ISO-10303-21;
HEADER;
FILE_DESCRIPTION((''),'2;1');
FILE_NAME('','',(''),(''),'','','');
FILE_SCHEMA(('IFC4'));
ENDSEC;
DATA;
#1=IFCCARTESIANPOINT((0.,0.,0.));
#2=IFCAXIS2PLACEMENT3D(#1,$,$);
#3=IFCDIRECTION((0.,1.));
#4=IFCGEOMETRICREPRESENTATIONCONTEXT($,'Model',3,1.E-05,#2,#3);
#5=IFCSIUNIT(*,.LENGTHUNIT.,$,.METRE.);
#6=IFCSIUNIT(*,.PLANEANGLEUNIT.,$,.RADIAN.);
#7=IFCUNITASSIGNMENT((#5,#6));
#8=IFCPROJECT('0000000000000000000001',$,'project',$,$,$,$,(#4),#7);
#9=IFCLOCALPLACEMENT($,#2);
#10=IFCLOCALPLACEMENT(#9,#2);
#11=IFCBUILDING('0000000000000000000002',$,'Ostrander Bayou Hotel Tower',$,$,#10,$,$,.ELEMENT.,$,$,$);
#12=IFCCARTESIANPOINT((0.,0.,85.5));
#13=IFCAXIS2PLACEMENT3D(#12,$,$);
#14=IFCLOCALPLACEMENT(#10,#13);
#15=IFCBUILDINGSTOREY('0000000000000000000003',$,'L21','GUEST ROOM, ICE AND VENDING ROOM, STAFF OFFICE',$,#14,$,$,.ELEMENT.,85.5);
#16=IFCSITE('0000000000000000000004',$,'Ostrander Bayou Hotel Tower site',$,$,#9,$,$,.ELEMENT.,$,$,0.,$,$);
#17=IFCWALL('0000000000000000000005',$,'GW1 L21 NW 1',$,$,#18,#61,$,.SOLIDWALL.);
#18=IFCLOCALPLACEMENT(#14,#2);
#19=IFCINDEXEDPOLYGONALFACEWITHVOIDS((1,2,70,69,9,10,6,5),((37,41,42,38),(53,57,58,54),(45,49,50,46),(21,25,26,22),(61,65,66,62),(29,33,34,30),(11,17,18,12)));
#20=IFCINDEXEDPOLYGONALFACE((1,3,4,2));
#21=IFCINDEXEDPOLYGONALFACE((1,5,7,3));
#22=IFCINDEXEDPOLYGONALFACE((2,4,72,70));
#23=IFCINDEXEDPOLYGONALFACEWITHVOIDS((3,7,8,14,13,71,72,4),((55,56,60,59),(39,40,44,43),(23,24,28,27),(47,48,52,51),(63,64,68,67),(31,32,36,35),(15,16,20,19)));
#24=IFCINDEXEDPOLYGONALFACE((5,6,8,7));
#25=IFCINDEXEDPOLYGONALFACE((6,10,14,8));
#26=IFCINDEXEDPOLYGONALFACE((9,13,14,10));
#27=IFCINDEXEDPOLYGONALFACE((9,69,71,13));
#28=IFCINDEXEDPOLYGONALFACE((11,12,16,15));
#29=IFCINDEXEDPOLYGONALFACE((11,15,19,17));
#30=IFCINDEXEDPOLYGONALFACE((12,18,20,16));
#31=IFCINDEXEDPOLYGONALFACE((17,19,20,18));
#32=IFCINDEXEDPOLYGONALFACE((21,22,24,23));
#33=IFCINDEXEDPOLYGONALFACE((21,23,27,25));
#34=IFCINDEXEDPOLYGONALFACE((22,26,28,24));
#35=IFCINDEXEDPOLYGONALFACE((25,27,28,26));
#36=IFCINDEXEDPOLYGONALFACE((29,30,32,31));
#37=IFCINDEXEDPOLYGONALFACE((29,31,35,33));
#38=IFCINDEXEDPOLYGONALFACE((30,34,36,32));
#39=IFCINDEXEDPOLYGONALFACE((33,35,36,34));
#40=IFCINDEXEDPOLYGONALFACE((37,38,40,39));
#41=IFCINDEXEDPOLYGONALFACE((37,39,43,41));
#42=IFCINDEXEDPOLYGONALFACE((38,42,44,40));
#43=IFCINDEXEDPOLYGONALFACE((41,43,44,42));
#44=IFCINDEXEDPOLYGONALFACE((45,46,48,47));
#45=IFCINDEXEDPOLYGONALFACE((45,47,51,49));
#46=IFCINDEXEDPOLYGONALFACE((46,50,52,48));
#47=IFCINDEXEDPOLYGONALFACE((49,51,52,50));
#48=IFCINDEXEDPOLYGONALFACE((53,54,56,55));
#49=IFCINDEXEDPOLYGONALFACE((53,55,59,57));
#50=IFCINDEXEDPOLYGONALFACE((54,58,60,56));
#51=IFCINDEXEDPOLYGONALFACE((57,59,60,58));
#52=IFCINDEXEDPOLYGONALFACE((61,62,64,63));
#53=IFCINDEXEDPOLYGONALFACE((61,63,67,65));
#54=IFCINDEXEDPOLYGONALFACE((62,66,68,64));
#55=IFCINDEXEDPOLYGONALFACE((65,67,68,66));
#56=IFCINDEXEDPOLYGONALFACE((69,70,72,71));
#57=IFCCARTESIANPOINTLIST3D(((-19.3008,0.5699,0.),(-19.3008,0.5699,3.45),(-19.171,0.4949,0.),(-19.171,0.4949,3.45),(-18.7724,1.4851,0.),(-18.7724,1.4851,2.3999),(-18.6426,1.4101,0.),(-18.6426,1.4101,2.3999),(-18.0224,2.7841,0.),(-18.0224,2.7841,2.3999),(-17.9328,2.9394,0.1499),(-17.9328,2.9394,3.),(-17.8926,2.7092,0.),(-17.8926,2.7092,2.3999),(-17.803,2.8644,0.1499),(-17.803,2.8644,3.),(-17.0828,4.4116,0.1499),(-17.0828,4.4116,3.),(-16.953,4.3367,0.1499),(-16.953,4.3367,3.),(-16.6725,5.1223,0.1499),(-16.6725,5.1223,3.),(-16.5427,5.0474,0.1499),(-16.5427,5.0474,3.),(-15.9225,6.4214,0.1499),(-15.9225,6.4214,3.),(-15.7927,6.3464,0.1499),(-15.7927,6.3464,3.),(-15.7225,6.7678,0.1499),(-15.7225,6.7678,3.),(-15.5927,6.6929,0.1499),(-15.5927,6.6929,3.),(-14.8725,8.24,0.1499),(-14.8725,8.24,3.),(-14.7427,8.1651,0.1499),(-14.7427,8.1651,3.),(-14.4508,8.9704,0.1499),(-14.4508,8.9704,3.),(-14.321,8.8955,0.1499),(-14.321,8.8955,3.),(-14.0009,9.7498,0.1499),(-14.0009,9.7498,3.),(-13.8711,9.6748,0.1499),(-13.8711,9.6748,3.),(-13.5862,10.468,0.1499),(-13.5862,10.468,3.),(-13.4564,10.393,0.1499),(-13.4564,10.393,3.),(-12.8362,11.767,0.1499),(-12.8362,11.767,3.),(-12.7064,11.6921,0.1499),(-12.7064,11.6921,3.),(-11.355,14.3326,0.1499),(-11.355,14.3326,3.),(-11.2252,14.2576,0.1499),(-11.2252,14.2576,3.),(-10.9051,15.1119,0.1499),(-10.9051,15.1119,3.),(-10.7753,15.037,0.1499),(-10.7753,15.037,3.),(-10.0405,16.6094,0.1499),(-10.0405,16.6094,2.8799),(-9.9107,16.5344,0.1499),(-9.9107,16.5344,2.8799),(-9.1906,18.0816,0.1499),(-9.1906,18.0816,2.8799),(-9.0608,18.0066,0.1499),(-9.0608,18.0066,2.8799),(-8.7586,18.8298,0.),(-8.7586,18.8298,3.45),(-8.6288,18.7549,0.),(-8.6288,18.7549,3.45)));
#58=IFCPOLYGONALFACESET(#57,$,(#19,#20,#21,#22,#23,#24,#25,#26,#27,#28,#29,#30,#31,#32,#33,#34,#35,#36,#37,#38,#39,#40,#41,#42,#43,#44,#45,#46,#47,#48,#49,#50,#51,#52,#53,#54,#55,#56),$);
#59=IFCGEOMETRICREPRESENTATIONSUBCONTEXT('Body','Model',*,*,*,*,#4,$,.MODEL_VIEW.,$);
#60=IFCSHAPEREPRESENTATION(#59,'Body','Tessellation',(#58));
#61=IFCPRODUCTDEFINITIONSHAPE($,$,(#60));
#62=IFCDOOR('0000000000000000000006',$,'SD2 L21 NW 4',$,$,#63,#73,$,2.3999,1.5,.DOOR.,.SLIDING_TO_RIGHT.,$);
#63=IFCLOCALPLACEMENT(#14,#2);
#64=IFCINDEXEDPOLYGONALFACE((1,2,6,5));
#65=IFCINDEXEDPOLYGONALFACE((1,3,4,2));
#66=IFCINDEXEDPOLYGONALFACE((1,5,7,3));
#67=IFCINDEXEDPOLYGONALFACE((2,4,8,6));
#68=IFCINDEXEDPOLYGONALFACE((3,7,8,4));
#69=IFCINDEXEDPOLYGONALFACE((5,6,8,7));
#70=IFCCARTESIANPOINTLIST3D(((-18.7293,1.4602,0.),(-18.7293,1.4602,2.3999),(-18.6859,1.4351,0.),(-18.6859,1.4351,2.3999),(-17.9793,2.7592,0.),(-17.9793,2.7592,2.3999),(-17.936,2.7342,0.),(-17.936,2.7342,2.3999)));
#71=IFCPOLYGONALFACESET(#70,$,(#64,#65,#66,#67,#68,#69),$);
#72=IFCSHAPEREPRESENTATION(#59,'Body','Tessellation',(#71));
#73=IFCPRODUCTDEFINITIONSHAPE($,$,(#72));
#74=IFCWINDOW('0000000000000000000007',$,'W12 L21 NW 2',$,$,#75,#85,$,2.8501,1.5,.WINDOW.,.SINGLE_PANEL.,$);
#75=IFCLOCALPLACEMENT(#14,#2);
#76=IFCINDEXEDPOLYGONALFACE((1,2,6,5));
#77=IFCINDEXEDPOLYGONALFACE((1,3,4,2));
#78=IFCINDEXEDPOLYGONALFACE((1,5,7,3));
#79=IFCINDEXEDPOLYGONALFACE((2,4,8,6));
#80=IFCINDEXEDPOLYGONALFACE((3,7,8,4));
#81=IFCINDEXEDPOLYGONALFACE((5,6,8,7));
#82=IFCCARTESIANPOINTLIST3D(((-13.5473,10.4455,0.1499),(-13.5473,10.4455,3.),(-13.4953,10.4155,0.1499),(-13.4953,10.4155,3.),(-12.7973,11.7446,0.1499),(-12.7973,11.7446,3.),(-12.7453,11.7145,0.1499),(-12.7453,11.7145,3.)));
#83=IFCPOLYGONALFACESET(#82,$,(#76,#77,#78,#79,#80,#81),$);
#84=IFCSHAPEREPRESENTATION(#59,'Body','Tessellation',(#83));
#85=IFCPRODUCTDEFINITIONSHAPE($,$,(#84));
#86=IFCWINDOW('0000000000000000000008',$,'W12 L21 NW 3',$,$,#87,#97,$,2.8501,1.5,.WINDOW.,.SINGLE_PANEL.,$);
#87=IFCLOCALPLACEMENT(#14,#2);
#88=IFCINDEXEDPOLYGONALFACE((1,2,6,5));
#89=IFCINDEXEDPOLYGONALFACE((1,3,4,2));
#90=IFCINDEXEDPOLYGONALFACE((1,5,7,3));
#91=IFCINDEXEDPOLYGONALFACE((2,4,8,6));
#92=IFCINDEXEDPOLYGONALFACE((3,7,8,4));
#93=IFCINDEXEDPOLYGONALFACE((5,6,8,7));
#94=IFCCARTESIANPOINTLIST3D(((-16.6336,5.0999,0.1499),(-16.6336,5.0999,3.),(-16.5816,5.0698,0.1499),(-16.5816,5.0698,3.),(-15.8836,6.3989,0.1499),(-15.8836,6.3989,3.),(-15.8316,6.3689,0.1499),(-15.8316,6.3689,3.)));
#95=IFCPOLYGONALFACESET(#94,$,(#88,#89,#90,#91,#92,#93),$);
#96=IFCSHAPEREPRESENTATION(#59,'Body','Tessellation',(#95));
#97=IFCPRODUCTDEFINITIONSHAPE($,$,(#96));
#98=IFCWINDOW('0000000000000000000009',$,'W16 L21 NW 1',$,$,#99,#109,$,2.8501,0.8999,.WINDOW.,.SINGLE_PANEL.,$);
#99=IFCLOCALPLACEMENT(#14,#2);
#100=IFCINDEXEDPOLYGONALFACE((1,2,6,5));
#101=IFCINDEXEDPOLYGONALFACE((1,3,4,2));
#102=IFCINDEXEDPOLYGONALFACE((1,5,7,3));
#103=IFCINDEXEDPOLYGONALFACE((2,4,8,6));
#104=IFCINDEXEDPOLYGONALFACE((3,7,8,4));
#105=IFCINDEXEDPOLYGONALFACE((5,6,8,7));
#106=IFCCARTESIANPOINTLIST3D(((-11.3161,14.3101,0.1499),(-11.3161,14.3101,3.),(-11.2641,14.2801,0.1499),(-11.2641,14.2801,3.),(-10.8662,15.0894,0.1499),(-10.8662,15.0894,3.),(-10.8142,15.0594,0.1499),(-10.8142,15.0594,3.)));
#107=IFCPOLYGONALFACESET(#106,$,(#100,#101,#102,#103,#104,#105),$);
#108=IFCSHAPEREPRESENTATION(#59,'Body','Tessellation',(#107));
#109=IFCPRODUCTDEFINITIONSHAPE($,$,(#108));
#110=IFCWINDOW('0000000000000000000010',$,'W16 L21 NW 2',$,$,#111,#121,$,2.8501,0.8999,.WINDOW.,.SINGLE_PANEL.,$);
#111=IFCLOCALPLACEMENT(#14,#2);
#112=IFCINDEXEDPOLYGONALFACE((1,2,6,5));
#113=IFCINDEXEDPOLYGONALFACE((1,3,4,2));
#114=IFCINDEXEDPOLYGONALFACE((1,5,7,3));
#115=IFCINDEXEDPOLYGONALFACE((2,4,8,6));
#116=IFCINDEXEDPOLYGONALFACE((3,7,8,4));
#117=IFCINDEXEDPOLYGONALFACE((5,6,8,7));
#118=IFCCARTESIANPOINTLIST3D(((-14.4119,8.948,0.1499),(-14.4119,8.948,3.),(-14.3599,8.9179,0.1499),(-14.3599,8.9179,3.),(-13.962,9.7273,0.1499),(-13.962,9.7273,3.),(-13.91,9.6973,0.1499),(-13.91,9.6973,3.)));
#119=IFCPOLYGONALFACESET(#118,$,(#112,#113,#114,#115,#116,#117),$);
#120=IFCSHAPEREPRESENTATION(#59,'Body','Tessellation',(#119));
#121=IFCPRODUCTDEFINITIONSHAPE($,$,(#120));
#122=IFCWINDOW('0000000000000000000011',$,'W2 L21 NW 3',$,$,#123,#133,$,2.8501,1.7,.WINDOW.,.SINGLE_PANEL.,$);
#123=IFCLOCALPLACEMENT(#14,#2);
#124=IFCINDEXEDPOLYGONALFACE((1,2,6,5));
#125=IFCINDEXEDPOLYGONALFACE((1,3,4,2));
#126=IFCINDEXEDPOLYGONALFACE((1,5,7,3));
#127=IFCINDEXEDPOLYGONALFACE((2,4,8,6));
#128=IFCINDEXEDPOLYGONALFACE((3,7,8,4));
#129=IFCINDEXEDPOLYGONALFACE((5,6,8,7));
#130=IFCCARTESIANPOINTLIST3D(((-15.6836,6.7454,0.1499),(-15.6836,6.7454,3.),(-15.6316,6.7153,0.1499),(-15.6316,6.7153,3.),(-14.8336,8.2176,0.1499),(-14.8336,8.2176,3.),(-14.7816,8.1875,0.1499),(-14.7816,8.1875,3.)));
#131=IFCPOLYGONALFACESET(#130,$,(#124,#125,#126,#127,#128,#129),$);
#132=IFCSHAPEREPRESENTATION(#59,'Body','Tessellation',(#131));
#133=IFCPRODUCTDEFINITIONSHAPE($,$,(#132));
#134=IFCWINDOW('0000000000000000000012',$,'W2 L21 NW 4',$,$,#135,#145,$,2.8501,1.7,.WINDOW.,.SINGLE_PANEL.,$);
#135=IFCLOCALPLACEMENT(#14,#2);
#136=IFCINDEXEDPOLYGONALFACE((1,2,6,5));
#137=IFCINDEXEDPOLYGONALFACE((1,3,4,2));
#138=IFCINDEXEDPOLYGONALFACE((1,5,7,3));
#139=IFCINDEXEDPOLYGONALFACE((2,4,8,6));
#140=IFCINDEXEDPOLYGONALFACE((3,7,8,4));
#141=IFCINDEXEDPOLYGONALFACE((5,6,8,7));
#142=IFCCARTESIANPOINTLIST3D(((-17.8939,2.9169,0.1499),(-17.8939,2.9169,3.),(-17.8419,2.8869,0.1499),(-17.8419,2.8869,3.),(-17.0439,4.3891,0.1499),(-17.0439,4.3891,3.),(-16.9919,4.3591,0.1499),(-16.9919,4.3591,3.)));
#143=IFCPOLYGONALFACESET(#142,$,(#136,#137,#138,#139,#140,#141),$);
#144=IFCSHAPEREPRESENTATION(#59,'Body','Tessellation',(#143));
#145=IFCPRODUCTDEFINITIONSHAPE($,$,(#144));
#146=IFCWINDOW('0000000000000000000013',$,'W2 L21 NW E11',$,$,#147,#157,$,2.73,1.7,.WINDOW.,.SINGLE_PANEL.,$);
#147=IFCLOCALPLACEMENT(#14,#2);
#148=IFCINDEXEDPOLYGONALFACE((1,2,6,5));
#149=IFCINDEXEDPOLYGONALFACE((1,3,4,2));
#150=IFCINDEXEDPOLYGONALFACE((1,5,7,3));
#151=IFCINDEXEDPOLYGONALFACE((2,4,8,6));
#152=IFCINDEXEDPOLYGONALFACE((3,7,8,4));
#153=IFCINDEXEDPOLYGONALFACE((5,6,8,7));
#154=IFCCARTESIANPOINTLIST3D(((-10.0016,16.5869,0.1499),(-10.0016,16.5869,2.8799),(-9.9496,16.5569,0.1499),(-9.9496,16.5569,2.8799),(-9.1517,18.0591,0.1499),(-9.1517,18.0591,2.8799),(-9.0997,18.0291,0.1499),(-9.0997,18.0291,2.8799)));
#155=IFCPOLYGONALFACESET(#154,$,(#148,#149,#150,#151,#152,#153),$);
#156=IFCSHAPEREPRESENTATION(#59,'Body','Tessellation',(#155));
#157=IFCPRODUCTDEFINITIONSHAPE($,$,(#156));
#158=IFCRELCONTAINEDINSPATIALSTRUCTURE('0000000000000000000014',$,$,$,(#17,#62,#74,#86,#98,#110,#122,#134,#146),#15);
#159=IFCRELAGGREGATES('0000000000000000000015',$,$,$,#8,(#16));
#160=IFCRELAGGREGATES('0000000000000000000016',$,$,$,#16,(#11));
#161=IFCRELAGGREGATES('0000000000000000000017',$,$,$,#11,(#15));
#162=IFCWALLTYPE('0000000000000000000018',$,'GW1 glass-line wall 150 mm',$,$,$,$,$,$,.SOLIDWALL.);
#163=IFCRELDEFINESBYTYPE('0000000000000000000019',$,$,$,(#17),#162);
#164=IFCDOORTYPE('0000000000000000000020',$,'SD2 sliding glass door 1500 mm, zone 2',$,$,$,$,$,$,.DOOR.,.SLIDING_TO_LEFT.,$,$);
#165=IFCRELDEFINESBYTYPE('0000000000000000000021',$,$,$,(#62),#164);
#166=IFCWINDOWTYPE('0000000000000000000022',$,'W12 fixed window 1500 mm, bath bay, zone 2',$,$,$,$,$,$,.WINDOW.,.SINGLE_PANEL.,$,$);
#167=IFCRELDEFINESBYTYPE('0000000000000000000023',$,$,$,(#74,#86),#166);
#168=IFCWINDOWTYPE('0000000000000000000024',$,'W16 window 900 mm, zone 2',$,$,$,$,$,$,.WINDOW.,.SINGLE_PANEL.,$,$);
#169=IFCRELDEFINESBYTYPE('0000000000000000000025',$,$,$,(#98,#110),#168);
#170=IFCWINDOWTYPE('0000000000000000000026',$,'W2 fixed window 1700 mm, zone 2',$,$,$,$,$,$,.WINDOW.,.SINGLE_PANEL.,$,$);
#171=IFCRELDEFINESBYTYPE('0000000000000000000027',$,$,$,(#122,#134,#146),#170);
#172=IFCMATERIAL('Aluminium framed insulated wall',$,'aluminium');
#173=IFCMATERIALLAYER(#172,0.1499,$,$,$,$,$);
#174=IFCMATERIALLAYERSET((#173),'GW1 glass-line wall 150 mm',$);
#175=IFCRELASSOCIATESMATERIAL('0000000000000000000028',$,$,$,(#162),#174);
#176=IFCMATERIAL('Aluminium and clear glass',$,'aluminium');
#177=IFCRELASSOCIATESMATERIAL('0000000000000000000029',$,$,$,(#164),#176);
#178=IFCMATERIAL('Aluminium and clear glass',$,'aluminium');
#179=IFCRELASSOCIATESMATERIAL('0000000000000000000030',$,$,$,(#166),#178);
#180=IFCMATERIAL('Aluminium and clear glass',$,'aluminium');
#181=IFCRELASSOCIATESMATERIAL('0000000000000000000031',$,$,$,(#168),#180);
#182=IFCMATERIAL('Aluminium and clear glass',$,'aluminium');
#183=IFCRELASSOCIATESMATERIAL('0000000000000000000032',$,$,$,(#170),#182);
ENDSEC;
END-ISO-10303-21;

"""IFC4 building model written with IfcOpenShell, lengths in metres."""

from ifc_helpers import new_model, si_unit, direction, frame, frame_2d, origin, place, context, subcontext, project, spatial, rectangle, extrude, material, layer, layer_set, type_object, element, fill, save


model = new_model("IFC4")

# Units and contexts
model_context = context("Model", 3, precision=1e-05, world=origin(), true_north=direction((0.0, 1.0)))
body_context = subcontext(model_context, "Body", "Model", "MODEL_VIEW")
ifc_project = project(units=[si_unit("LENGTHUNIT", "METRE"), si_unit("PLANEANGLEUNIT", "RADIAN")], contexts=[model_context])

# Site, building, storey
site_placement = place(None, origin())
site = spatial("IfcSite", under=ifc_project, at=site_placement, Name="Ostrander Bayou Hotel Tower site", CompositionType="ELEMENT", RefElevation=0.0)
building_placement = place(site_placement, origin())
building = spatial("IfcBuilding", under=site, at=building_placement, Name="Ostrander Bayou Hotel Tower", CompositionType="ELEMENT")
storey_placement = place(building_placement, frame((0.0, 0.0, 85.5)))
storey = spatial("IfcBuildingStorey", under=building, at=storey_placement, Name="L21", Description="GUEST ROOM, ICE AND VENDING ROOM, STAFF OFFICE", CompositionType="ELEMENT", Elevation=85.5)

# Wall, openings, door, windows
ifc_material_1 = material(Name="Aluminium framed insulated wall", Category="aluminium")
ifc_layer_1 = layer(ifc_material_1, 0.1499)
ifc_layer_set_1 = layer_set([ifc_layer_1], Name="GW1 glass-line wall 150 mm")
wall_type_1 = type_object("IfcWallType", Name="GW1 glass-line wall 150 mm", PredefinedType="SOLIDWALL", material=ifc_layer_set_1)
wall_1_placement = place(storey_placement, frame((-8.6936, 18.7925, 0.0), z_axis=(0.0, 0.0, 1.0), x_axis=(-0.499993, -0.866029, 0.0)))
wall_1 = element("IfcWall", 1, at=wall_1_placement, inside=storey, type_object=wall_type_1, Name="GW1 L21 NW 1", PredefinedType="SOLIDWALL", context=body_context, shape_type="SweptSolid", body=[
    extrude(rectangle(XDim=21.0847, YDim=0.1499, at=frame_2d((10.5425, 0.0))), origin(), (0.0, 0.0, 1.0), 3.45),
])
opening_1_placement = place(wall_1_placement, frame((4.2932, 0.0, 0.1499)))
opening_1 = element("IfcOpeningElement", 2, at=opening_1_placement, cuts=wall_1, PredefinedType="OPENING", context=body_context, shape_type="SweptSolid", body=[
    extrude(rectangle(XDim=0.8999, YDim=2.8501, at=frame_2d((0.45, 1.425))), frame((0.0, 0.075, 0.0), z_axis=(0.0, -1.0, 0.0), x_axis=(1.0, 0.0, 0.0)), (0.0, 0.0, 1.0), 0.1499),
])
opening_2_placement = place(wall_1_placement, frame((10.4849, 0.0, 0.1499)))
opening_2 = element("IfcOpeningElement", 3, at=opening_2_placement, cuts=wall_1, PredefinedType="OPENING", context=body_context, shape_type="SweptSolid", body=[
    extrude(rectangle(XDim=0.8999, YDim=2.8501, at=frame_2d((0.45, 1.425))), frame((0.0, 0.075, 0.0), z_axis=(0.0, -1.0, 0.0), x_axis=(1.0, 0.0, 0.0)), (0.0, 0.0, 1.0), 0.1499),
])
opening_3_placement = place(wall_1_placement, frame((8.1555, 0.0, 0.1499)))
opening_3 = element("IfcOpeningElement", 4, at=opening_3_placement, cuts=wall_1, PredefinedType="OPENING", context=body_context, shape_type="SweptSolid", body=[
    extrude(rectangle(XDim=1.5, YDim=2.8501, at=frame_2d((0.75, 1.425))), frame((0.0, 0.075, 0.0), z_axis=(0.0, -1.0, 0.0), x_axis=(1.0, 0.0, 0.0)), (0.0, 0.0, 1.0), 0.1499),
])
opening_4_placement = place(wall_1_placement, frame((12.228, 0.0, 0.1499)))
opening_4 = element("IfcOpeningElement", 5, at=opening_4_placement, cuts=wall_1, PredefinedType="OPENING", context=body_context, shape_type="SweptSolid", body=[
    extrude(rectangle(XDim=1.7, YDim=2.8501, at=frame_2d((0.8501, 1.425))), frame((0.0, 0.075, 0.0), z_axis=(0.0, -1.0, 0.0), x_axis=(1.0, 0.0, 0.0)), (0.0, 0.0, 1.0), 0.1499),
])
opening_5_placement = place(wall_1_placement, frame((14.3281, 0.0, 0.1499)))
opening_5 = element("IfcOpeningElement", 6, at=opening_5_placement, cuts=wall_1, PredefinedType="OPENING", context=body_context, shape_type="SweptSolid", body=[
    extrude(rectangle(XDim=1.5, YDim=2.8501, at=frame_2d((0.75, 1.425))), frame((0.0, 0.075, 0.0), z_axis=(0.0, -1.0, 0.0), x_axis=(1.0, 0.0, 0.0)), (0.0, 0.0, 1.0), 0.1499),
])
opening_6_placement = place(wall_1_placement, frame((16.6487, 0.0, 0.1499)))
opening_6 = element("IfcOpeningElement", 7, at=opening_6_placement, cuts=wall_1, PredefinedType="OPENING", context=body_context, shape_type="SweptSolid", body=[
    extrude(rectangle(XDim=1.7, YDim=2.8501, at=frame_2d((0.8501, 1.425))), frame((0.0, 0.075, 0.0), z_axis=(0.0, -1.0, 0.0), x_axis=(1.0, 0.0, 0.0)), (0.0, 0.0, 1.0), 0.1499),
])
opening_7_placement = place(wall_1_placement, frame((18.5281, 0.0, 0.0)))
opening_7 = element("IfcOpeningElement", 8, at=opening_7_placement, cuts=wall_1, PredefinedType="OPENING", context=body_context, shape_type="SweptSolid", body=[
    extrude(rectangle(XDim=1.5, YDim=2.3999, at=frame_2d((0.75, 1.2))), frame((0.0, 0.075, 0.0), z_axis=(0.0, -1.0, 0.0), x_axis=(1.0, 0.0, 0.0)), (0.0, 0.0, 1.0), 0.1499),
])
opening_8_placement = place(wall_1_placement, frame((0.864, 0.0, 0.1499)))
opening_8 = element("IfcOpeningElement", 9, at=opening_8_placement, cuts=wall_1, PredefinedType="OPENING", context=body_context, shape_type="SweptSolid", body=[
    extrude(rectangle(XDim=1.7, YDim=2.73, at=frame_2d((0.8501, 1.365))), frame((0.0, 0.075, 0.0), z_axis=(0.0, -1.0, 0.0), x_axis=(1.0, 0.0, 0.0)), (0.0, 0.0, 1.0), 0.1499),
])
ifc_material_2 = material(Name="Aluminium and clear glass", Category="aluminium")
door_type_1 = type_object("IfcDoorType", Name="SD2 sliding glass door 1500 mm, zone 2", OperationType="SLIDING_TO_LEFT", PredefinedType="DOOR", material=ifc_material_2)
door_1_placement = place(opening_7_placement, origin())
door_1 = element("IfcDoor", 10, at=door_1_placement, inside=storey, type_object=door_type_1, Name="SD2 L21 NW 4", OperationType="SLIDING_TO_RIGHT", OverallHeight=2.3999, OverallWidth=1.5, PredefinedType="DOOR", context=body_context, shape_type="SweptSolid", body=[
    extrude(rectangle(XDim=1.5, YDim=2.3999, at=frame_2d((0.75, 1.2))), frame((0.0, 0.0249, 0.0), z_axis=(0.0, -1.0, 0.0), x_axis=(1.0, 0.0, 0.0)), (0.0, 0.0, 1.0), 0.05),
])
fill(opening_7, door_1)
ifc_material_3 = material(Name="Aluminium and clear glass", Category="aluminium")
window_type_1 = type_object("IfcWindowType", Name="W12 fixed window 1500 mm, bath bay, zone 2", PartitioningType="SINGLE_PANEL", PredefinedType="WINDOW", material=ifc_material_3)
window_1_placement = place(opening_3_placement, origin())
window_1 = element("IfcWindow", 11, at=window_1_placement, inside=storey, type_object=window_type_1, Name="W12 L21 NW 2", OverallHeight=2.8501, OverallWidth=1.5, PartitioningType="SINGLE_PANEL", PredefinedType="WINDOW", context=body_context, shape_type="SweptSolid", body=[
    extrude(rectangle(XDim=1.5, YDim=2.8501, at=frame_2d((0.75, 1.425))), frame((0.0, 0.03, 0.0), z_axis=(0.0, -1.0, 0.0), x_axis=(1.0, 0.0, 0.0)), (0.0, 0.0, 1.0), 0.0601),
])
fill(opening_3, window_1)
window_2_placement = place(opening_5_placement, origin())
window_2 = element("IfcWindow", 12, at=window_2_placement, inside=storey, type_object=window_type_1, Name="W12 L21 NW 3", OverallHeight=2.8501, OverallWidth=1.5, PartitioningType="SINGLE_PANEL", PredefinedType="WINDOW", context=body_context, shape_type="SweptSolid", body=[
    extrude(rectangle(XDim=1.5, YDim=2.8501, at=frame_2d((0.75, 1.425))), frame((0.0, 0.03, 0.0), z_axis=(0.0, -1.0, 0.0), x_axis=(1.0, 0.0, 0.0)), (0.0, 0.0, 1.0), 0.0601),
])
fill(opening_5, window_2)
ifc_material_4 = material(Name="Aluminium and clear glass", Category="aluminium")
window_type_2 = type_object("IfcWindowType", Name="W16 window 900 mm, zone 2", PartitioningType="SINGLE_PANEL", PredefinedType="WINDOW", material=ifc_material_4)
window_3_placement = place(opening_1_placement, origin())
window_3 = element("IfcWindow", 13, at=window_3_placement, inside=storey, type_object=window_type_2, Name="W16 L21 NW 1", OverallHeight=2.8501, OverallWidth=0.8999, PartitioningType="SINGLE_PANEL", PredefinedType="WINDOW", context=body_context, shape_type="SweptSolid", body=[
    extrude(rectangle(XDim=0.8999, YDim=2.8501, at=frame_2d((0.45, 1.425))), frame((0.0, 0.03, 0.0), z_axis=(0.0, -1.0, 0.0), x_axis=(1.0, 0.0, 0.0)), (0.0, 0.0, 1.0), 0.0601),
])
fill(opening_1, window_3)
window_4_placement = place(opening_2_placement, origin())
window_4 = element("IfcWindow", 14, at=window_4_placement, inside=storey, type_object=window_type_2, Name="W16 L21 NW 2", OverallHeight=2.8501, OverallWidth=0.8999, PartitioningType="SINGLE_PANEL", PredefinedType="WINDOW", context=body_context, shape_type="SweptSolid", body=[
    extrude(rectangle(XDim=0.8999, YDim=2.8501, at=frame_2d((0.45, 1.425))), frame((0.0, 0.03, 0.0), z_axis=(0.0, -1.0, 0.0), x_axis=(1.0, 0.0, 0.0)), (0.0, 0.0, 1.0), 0.0601),
])
fill(opening_2, window_4)
ifc_material_5 = material(Name="Aluminium and clear glass", Category="aluminium")
window_type_3 = type_object("IfcWindowType", Name="W2 fixed window 1700 mm, zone 2", PartitioningType="SINGLE_PANEL", PredefinedType="WINDOW", material=ifc_material_5)
window_5_placement = place(opening_4_placement, origin())
window_5 = element("IfcWindow", 15, at=window_5_placement, inside=storey, type_object=window_type_3, Name="W2 L21 NW 3", OverallHeight=2.8501, OverallWidth=1.7, PartitioningType="SINGLE_PANEL", PredefinedType="WINDOW", context=body_context, shape_type="SweptSolid", body=[
    extrude(rectangle(XDim=1.7, YDim=2.8501, at=frame_2d((0.8501, 1.425))), frame((0.0, 0.03, 0.0), z_axis=(0.0, -1.0, 0.0), x_axis=(1.0, 0.0, 0.0)), (0.0, 0.0, 1.0), 0.0601),
])
fill(opening_4, window_5)
window_6_placement = place(opening_6_placement, origin())
window_6 = element("IfcWindow", 16, at=window_6_placement, inside=storey, type_object=window_type_3, Name="W2 L21 NW 4", OverallHeight=2.8501, OverallWidth=1.7, PartitioningType="SINGLE_PANEL", PredefinedType="WINDOW", context=body_context, shape_type="SweptSolid", body=[
    extrude(rectangle(XDim=1.7, YDim=2.8501, at=frame_2d((0.8501, 1.425))), frame((0.0, 0.03, 0.0), z_axis=(0.0, -1.0, 0.0), x_axis=(1.0, 0.0, 0.0)), (0.0, 0.0, 1.0), 0.0601),
])
fill(opening_6, window_6)
window_7_placement = place(opening_8_placement, origin())
window_7 = element("IfcWindow", 17, at=window_7_placement, inside=storey, type_object=window_type_3, Name="W2 L21 NW E11", OverallHeight=2.73, OverallWidth=1.7, PartitioningType="SINGLE_PANEL", PredefinedType="WINDOW", context=body_context, shape_type="SweptSolid", body=[
    extrude(rectangle(XDim=1.7, YDim=2.73, at=frame_2d((0.8501, 1.365))), frame((0.0, 0.03, 0.0), z_axis=(0.0, -1.0, 0.0), x_axis=(1.0, 0.0, 0.0)), (0.0, 0.0, 1.0), 0.0601),
])
fill(opening_8, window_7)

save(model, "model.ifc")
